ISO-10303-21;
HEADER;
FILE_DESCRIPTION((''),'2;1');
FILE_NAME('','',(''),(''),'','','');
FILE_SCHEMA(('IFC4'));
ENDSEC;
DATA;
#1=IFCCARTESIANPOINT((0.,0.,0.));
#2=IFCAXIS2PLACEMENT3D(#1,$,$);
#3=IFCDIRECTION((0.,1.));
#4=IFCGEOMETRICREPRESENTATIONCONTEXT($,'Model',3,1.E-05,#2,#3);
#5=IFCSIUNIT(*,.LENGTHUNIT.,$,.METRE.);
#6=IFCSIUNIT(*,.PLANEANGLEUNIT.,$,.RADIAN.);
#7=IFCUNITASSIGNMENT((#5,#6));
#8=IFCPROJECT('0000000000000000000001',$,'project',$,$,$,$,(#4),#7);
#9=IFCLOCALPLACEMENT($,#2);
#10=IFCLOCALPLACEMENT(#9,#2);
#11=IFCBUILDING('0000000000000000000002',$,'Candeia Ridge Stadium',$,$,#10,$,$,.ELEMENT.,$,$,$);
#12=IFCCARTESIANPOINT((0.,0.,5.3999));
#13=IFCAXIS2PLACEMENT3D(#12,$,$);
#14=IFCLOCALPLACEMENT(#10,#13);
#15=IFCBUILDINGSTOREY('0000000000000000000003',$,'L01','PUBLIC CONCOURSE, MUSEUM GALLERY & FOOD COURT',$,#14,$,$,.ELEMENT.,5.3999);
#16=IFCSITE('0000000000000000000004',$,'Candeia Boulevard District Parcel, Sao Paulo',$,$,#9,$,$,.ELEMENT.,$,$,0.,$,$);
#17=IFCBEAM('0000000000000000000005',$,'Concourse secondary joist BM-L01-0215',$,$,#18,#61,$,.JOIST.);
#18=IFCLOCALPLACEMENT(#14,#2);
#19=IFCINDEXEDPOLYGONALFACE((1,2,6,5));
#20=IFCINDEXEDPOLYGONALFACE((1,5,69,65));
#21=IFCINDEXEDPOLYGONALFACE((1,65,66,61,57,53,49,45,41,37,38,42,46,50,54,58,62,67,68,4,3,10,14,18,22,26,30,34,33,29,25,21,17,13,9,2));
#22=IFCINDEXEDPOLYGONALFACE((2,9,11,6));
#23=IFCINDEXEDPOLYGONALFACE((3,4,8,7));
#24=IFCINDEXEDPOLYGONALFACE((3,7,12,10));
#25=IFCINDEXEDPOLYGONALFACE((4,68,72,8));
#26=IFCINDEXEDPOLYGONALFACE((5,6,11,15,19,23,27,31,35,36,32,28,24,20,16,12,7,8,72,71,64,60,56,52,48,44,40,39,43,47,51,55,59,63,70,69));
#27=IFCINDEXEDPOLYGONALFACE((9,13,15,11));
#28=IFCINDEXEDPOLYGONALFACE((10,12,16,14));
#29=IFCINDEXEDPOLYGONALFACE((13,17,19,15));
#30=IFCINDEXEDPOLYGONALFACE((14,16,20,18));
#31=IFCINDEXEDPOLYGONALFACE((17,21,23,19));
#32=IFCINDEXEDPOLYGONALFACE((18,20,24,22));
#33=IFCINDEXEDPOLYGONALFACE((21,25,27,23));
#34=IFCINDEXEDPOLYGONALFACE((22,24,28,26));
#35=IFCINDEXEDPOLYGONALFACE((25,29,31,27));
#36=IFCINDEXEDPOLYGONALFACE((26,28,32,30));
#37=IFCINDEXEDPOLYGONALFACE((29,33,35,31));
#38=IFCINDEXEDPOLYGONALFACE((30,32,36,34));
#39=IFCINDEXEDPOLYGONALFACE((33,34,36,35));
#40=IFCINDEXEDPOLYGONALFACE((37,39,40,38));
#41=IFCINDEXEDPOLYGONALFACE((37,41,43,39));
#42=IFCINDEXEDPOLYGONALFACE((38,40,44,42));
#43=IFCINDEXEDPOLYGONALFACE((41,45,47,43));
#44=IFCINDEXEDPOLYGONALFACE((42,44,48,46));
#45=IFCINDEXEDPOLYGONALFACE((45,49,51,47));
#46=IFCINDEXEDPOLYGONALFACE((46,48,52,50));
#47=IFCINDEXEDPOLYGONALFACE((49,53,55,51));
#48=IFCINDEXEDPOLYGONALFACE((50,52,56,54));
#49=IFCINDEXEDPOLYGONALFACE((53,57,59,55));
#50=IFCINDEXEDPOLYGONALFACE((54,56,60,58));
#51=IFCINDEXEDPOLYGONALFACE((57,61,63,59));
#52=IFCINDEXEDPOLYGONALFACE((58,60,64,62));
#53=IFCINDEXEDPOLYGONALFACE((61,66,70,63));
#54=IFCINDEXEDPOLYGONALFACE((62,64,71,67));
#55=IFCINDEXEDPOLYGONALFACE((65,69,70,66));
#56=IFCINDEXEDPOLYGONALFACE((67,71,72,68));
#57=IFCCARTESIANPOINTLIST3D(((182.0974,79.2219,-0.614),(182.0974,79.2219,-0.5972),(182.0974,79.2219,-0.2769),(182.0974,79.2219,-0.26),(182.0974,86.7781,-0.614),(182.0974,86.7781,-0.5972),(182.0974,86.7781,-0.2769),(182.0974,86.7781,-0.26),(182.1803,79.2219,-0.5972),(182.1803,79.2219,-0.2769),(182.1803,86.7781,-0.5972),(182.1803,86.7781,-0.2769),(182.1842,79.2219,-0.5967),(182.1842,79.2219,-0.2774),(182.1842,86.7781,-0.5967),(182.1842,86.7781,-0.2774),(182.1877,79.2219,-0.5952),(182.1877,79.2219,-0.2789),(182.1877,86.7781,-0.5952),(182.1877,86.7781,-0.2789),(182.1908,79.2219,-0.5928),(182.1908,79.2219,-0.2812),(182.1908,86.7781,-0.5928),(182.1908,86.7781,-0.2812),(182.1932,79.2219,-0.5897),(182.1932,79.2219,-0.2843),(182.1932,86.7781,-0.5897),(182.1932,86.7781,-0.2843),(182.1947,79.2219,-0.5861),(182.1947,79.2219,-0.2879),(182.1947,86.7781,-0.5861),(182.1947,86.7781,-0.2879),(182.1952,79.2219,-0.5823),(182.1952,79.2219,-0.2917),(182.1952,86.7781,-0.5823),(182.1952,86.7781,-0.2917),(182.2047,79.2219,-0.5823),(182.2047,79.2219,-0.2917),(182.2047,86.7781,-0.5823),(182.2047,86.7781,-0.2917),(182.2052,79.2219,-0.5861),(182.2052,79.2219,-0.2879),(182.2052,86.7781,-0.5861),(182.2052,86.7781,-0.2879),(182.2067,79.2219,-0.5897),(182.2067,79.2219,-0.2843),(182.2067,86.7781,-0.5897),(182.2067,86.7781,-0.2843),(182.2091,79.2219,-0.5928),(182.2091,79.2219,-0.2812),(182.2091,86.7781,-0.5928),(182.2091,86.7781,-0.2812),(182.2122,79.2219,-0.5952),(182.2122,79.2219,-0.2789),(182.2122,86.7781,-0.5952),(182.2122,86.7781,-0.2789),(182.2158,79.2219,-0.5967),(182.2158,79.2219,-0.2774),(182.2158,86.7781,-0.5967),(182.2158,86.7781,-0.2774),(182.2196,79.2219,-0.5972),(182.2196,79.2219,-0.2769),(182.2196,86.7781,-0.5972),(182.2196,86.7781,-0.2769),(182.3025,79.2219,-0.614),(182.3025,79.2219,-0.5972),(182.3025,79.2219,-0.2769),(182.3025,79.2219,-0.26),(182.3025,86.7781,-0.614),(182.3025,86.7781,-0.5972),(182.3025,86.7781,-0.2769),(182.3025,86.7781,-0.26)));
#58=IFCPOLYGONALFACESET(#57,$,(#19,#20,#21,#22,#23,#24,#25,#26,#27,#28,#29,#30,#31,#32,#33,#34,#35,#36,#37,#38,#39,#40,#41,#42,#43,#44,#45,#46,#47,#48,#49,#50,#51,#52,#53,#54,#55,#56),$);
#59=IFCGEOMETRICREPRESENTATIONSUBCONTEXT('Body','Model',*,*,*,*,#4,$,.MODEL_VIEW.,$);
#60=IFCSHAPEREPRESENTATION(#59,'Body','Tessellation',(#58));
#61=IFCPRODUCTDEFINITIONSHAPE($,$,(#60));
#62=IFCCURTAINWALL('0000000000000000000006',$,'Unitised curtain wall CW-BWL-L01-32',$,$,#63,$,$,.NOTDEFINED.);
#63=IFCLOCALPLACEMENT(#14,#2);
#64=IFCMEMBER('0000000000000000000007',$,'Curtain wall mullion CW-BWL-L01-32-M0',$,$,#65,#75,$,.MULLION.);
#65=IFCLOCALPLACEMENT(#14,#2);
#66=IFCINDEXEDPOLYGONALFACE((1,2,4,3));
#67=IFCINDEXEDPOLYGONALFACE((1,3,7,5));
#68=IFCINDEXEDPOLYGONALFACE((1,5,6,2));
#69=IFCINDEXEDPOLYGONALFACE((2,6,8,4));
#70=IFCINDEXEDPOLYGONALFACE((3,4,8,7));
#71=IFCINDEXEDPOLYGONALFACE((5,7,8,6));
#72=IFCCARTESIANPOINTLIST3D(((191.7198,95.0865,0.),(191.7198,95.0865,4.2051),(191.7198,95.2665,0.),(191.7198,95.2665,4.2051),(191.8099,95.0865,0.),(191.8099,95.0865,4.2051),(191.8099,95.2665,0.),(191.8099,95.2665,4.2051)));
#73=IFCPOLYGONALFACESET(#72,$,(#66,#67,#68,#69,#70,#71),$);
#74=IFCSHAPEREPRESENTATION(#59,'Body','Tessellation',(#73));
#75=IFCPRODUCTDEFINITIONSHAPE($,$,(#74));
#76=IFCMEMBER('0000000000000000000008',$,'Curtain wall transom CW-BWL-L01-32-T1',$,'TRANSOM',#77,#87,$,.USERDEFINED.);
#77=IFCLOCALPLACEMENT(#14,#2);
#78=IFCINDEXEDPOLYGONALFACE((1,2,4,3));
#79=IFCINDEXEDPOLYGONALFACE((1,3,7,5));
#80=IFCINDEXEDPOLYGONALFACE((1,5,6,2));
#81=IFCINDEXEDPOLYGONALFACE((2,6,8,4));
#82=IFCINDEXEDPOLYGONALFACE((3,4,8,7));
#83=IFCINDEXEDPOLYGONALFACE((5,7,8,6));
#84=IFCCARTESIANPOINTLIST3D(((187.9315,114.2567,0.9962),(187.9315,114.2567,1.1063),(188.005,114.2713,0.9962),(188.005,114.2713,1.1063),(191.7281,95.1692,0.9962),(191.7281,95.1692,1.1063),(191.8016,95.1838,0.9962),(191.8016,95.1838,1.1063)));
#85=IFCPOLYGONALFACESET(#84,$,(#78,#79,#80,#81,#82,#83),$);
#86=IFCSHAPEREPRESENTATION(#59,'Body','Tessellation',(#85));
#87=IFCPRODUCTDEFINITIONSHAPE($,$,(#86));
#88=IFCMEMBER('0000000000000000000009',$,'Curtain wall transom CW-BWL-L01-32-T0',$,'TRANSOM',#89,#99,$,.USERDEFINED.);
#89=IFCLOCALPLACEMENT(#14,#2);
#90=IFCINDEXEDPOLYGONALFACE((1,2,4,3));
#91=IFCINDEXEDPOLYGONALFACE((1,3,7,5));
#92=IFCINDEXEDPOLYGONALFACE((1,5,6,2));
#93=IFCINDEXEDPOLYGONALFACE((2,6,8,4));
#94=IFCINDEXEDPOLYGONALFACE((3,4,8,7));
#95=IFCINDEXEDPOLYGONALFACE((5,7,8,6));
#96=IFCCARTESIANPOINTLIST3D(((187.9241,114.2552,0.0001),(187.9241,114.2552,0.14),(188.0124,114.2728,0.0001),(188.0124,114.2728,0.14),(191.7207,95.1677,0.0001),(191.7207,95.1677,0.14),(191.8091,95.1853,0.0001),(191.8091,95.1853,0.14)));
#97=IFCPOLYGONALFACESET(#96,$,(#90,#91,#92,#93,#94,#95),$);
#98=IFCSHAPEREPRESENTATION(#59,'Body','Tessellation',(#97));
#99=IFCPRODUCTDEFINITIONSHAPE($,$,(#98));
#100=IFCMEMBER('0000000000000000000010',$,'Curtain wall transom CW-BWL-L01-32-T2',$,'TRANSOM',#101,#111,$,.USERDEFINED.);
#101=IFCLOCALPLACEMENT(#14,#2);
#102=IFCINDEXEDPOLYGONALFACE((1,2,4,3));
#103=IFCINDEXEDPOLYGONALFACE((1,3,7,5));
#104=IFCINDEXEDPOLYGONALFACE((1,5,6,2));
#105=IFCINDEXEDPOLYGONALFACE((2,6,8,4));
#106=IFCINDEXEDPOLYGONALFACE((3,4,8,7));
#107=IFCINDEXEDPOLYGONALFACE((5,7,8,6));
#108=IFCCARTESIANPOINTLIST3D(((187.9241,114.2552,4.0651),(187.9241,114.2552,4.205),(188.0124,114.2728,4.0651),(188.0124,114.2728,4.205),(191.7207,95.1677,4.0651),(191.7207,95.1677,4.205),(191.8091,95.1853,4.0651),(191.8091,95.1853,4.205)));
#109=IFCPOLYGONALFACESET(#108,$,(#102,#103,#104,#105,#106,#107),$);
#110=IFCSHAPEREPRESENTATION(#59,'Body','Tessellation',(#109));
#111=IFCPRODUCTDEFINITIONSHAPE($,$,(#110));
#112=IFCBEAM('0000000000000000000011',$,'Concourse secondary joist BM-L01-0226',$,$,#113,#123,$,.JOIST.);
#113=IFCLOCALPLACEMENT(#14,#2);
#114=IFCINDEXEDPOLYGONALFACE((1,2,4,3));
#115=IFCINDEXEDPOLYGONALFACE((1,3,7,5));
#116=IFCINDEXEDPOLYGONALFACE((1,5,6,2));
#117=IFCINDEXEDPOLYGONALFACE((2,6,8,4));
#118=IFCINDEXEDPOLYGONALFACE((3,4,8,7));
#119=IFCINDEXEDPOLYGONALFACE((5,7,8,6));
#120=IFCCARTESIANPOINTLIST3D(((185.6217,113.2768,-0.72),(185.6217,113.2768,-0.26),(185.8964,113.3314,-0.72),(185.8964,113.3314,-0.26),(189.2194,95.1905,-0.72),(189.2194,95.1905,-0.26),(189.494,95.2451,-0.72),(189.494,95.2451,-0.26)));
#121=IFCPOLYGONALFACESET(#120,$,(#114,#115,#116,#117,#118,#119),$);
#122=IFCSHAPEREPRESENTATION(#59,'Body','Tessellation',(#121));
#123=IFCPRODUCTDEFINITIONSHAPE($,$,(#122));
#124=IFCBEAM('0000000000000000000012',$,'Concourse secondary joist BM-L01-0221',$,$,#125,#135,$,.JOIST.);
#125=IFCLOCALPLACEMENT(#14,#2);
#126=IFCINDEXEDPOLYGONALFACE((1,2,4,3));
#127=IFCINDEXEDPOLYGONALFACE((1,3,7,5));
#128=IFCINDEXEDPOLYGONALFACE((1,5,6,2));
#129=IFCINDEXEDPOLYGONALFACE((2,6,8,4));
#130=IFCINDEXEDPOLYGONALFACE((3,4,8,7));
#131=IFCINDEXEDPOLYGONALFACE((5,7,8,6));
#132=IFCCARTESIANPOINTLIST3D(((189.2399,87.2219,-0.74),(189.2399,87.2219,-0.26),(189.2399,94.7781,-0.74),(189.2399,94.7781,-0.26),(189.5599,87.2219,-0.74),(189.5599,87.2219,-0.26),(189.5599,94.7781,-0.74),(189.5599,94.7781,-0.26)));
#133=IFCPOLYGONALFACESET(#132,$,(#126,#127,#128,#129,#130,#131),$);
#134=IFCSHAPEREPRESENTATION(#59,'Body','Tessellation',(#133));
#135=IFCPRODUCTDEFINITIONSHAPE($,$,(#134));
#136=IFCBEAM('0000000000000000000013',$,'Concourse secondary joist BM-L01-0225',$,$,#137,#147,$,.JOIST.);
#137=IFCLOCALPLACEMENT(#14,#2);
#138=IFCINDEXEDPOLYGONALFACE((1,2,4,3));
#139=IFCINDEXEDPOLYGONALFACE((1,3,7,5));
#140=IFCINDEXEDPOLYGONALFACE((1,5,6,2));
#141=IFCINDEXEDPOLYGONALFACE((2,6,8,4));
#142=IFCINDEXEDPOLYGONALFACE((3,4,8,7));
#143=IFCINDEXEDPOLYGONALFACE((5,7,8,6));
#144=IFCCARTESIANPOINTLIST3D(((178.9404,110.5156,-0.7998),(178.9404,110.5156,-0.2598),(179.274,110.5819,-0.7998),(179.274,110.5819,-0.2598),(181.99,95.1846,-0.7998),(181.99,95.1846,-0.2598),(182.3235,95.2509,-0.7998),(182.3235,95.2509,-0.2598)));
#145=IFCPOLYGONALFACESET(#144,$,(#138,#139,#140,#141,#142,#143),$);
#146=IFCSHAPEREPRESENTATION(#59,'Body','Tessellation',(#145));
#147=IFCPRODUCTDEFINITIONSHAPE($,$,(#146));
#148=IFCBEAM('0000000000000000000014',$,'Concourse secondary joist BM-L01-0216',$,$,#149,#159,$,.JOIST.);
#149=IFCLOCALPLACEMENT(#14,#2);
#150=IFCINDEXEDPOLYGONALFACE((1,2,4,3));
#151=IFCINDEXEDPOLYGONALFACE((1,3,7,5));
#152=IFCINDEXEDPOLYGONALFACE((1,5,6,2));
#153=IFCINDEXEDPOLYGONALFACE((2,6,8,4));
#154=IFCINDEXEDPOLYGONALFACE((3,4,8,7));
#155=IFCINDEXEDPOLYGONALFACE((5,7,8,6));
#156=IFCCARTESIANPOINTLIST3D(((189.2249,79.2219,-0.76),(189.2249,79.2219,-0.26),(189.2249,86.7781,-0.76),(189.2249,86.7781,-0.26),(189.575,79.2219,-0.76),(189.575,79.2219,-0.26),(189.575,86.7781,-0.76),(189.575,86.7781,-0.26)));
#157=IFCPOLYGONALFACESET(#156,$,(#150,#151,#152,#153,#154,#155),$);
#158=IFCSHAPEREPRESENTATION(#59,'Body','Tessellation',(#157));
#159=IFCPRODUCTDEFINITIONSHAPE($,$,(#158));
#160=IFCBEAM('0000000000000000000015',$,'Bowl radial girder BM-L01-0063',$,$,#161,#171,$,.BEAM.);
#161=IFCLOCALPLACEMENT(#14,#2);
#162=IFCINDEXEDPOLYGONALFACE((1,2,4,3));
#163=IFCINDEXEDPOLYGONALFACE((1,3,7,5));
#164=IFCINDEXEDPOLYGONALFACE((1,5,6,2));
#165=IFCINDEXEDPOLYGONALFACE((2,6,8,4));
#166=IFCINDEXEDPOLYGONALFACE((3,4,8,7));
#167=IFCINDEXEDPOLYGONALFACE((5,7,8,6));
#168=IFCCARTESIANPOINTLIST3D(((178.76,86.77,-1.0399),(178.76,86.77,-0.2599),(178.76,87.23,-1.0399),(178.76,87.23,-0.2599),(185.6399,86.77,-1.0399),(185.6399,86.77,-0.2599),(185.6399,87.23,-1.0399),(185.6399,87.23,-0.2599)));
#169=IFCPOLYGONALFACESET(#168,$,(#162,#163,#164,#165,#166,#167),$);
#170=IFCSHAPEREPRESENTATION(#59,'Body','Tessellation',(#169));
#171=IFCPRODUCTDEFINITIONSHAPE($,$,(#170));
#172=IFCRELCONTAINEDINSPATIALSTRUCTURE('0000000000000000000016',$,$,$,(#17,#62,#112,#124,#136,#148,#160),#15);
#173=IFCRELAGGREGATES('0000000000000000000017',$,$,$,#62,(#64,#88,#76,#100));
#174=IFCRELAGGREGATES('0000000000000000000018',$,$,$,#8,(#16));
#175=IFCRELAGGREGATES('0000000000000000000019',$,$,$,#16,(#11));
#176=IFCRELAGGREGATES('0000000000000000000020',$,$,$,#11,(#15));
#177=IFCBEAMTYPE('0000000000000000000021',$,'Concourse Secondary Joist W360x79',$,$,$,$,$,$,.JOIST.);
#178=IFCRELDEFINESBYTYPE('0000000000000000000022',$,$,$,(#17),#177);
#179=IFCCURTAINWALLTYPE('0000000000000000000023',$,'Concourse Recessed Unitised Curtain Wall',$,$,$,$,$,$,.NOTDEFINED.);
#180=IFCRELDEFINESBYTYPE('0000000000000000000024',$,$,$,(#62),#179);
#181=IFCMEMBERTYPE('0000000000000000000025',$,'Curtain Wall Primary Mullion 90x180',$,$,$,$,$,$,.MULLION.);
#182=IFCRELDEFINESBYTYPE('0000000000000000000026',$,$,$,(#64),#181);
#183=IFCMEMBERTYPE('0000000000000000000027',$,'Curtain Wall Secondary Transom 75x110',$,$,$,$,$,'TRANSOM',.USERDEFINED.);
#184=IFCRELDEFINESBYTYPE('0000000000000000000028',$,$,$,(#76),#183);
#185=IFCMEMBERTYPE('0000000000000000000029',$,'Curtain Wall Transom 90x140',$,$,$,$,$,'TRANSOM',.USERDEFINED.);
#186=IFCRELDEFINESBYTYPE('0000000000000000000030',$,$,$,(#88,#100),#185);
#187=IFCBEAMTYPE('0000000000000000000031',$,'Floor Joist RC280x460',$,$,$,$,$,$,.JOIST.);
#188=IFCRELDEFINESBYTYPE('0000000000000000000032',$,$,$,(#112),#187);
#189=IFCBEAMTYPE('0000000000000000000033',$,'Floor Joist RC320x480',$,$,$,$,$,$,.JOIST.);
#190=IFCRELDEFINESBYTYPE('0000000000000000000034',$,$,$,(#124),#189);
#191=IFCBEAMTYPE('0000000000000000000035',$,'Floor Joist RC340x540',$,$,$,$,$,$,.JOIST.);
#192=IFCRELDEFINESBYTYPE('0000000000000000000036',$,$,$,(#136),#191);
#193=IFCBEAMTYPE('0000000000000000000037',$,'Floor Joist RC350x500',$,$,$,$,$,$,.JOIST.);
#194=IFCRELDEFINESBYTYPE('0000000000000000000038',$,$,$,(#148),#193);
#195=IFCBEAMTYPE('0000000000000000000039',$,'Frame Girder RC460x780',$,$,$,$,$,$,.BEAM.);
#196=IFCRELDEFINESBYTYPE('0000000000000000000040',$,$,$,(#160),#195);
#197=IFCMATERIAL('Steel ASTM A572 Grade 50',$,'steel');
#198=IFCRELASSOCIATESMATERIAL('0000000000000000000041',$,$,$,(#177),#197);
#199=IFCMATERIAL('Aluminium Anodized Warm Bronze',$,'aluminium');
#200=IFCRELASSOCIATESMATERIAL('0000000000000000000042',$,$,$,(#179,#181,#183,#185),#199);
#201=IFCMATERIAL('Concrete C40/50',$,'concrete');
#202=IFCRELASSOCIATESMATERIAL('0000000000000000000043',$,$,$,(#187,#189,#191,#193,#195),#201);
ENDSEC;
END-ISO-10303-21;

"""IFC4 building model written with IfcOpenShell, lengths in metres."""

from ifc_helpers import new_model, si_unit, direction, frame, origin, origin_2d, place, context, subcontext, project, spatial, rectangle, i_section, extrude, material, material_profile, profile_set, type_object, element, aggregate, save


model = new_model("IFC4")

# Units and contexts
model_context = context("Model", 3, precision=1e-05, world=origin(), true_north=direction((0.0, 1.0)))
body_context = subcontext(model_context, "Body", "Model", "MODEL_VIEW")
ifc_project = project(units=[si_unit("LENGTHUNIT", "METRE"), si_unit("PLANEANGLEUNIT", "RADIAN")], contexts=[model_context])

# Site, building, storey
site_placement = place(None, origin())
site = spatial("IfcSite", under=ifc_project, at=site_placement, Name="Candeia Boulevard District Parcel, Sao Paulo", CompositionType="ELEMENT", RefElevation=0.0)
building_placement = place(site_placement, origin())
building = spatial("IfcBuilding", under=site, at=building_placement, Name="Candeia Ridge Stadium", CompositionType="ELEMENT")
storey_placement = place(building_placement, frame((0.0, 0.0, 5.3999)))
storey = spatial("IfcBuildingStorey", under=building, at=storey_placement, Name="L01", Description="PUBLIC CONCOURSE, MUSEUM GALLERY & FOOD COURT", CompositionType="ELEMENT", Elevation=5.3999)

# Shared definitions
ifc_material_1 = material(Name="Concrete C40/50", Category="concrete")

# Beam
ifc_material_2 = material(Name="Steel ASTM A572 Grade 50", Category="steel")
ifc_material_profile_1 = material_profile(ifc_material_2, i_section(OverallWidth=0.2051, OverallDepth=0.354, WebThickness=0.0095, FlangeThickness=0.0168, FilletRadius=0.0149, at=origin_2d()), Name="W360x79", Category="steel")
ifc_profile_set_1 = profile_set([ifc_material_profile_1], Name="Steel ASTM A572 Grade 50")
beam_type_1 = type_object("IfcBeamType", Name="Concourse Secondary Joist W360x79", PredefinedType="JOIST", material=ifc_profile_set_1)
beam_1_placement = place(storey_placement, frame((182.2, 79.2219, -0.437), z_axis=(0.0, 1.0, 0.0), x_axis=(-1.0, 0.0, 0.0)))
element("IfcBeam", 1, at=beam_1_placement, inside=storey, type_object=beam_type_1, Name="Concourse secondary joist BM-L01-0215", PredefinedType="JOIST", context=body_context, shape_type="SweptSolid", body=[
    extrude(i_section(OverallWidth=0.2051, OverallDepth=0.354, WebThickness=0.0095, FlangeThickness=0.0168, FilletRadius=0.0149, at=origin_2d()), origin(), (0.0, 0.0, 1.0), 7.5562),
])

# Curtain wall, members
ifc_material_3 = material(Name="Aluminium Anodized Warm Bronze", Category="aluminium")
curtain_wall_type = type_object("IfcCurtainWallType", Name="Concourse Recessed Unitised Curtain Wall", PredefinedType="NOTDEFINED", material=ifc_material_3)
curtain_wall_placement = place(storey_placement, origin())
curtain_wall = element("IfcCurtainWall", 2, at=curtain_wall_placement, inside=storey, type_object=curtain_wall_type, Name="Unitised curtain wall CW-BWL-L01-32", PredefinedType="NOTDEFINED")
ifc_material_profile_2 = material_profile(ifc_material_3, rectangle(XDim=0.0901, YDim=0.1799, at=origin_2d()), Name="CWM-90x180", Category="aluminium")
ifc_profile_set_2 = profile_set([ifc_material_profile_2], Name="Aluminium Anodized Warm Bronze")
member_type_1 = type_object("IfcMemberType", Name="Curtain Wall Primary Mullion 90x180", PredefinedType="MULLION", material=ifc_profile_set_2)
member_1_placement = place(storey_placement, frame((191.7649, 95.1765, 0.0), z_axis=(0.0, 0.0, 1.0), x_axis=(1.0, 0.0, 0.0)))
member_1 = element("IfcMember", 3, at=member_1_placement, type_object=member_type_1, Name="Curtain wall mullion CW-BWL-L01-32-M0", PredefinedType="MULLION", context=body_context, shape_type="SweptSolid", body=[
    extrude(rectangle(XDim=0.0901, YDim=0.1799, at=origin_2d()), origin(), (0.0, 0.0, 1.0), 4.2051),
])
ifc_material_profile_3 = material_profile(ifc_material_3, rectangle(XDim=0.075, YDim=0.1101, at=origin_2d()), Name="CWT-75x110", Category="aluminium")
ifc_profile_set_3 = profile_set([ifc_material_profile_3], Name="Aluminium Anodized Warm Bronze")
member_type_2 = type_object("IfcMemberType", Name="Curtain Wall Secondary Transom 75x110", ElementType="TRANSOM", PredefinedType="USERDEFINED", material=ifc_profile_set_3)
member_2_placement = place(storey_placement, frame((191.7649, 95.1765, 1.0513), z_axis=(-0.195086, 0.980786, 0.0), x_axis=(-0.980786, -0.195086, 0.0)))
member_2 = element("IfcMember", 4, at=member_2_placement, type_object=member_type_2, Name="Curtain wall transom CW-BWL-L01-32-T1", ObjectType="TRANSOM", PredefinedType="USERDEFINED", context=body_context, shape_type="SweptSolid", body=[
    extrude(rectangle(XDim=0.075, YDim=0.1101, at=origin_2d()), origin(), (0.0, 0.0, 1.0), 19.4614),
])
ifc_material_profile_4 = material_profile(ifc_material_3, rectangle(XDim=0.0901, YDim=0.1399, at=origin_2d()), Name="CWT-90x140", Category="aluminium")
ifc_profile_set_4 = profile_set([ifc_material_profile_4], Name="Aluminium Anodized Warm Bronze")
member_type_3 = type_object("IfcMemberType", Name="Curtain Wall Transom 90x140", ElementType="TRANSOM", PredefinedType="USERDEFINED", material=ifc_profile_set_4)
member_3_placement = place(storey_placement, frame((191.7649, 95.1765, 0.0701), z_axis=(-0.195086, 0.980786, 0.0), x_axis=(-0.980786, -0.195086, 0.0)))
member_3 = element("IfcMember", 5, at=member_3_placement, type_object=member_type_3, Name="Curtain wall transom CW-BWL-L01-32-T0", ObjectType="TRANSOM", PredefinedType="USERDEFINED", context=body_context, shape_type="SweptSolid", body=[
    extrude(rectangle(XDim=0.0901, YDim=0.1399, at=origin_2d()), origin(), (0.0, 0.0, 1.0), 19.4614),
])
member_4_placement = place(storey_placement, frame((191.7649, 95.1765, 4.135), z_axis=(-0.195086, 0.980786, 0.0), x_axis=(-0.980786, -0.195086, 0.0)))
member_4 = element("IfcMember", 6, at=member_4_placement, type_object=member_type_3, Name="Curtain wall transom CW-BWL-L01-32-T2", ObjectType="TRANSOM", PredefinedType="USERDEFINED", context=body_context, shape_type="SweptSolid", body=[
    extrude(rectangle(XDim=0.0901, YDim=0.1399, at=origin_2d()), origin(), (0.0, 0.0, 1.0), 19.4614),
])
aggregate(curtain_wall, [member_1, member_3, member_2, member_4])

# Beams
ifc_material_profile_5 = material_profile(ifc_material_1, rectangle(XDim=0.28, YDim=0.46, at=origin_2d()), Name="RC280x460", Category="concrete")
ifc_profile_set_5 = profile_set([ifc_material_profile_5], Name="Concrete C40/50")
beam_type_2 = type_object("IfcBeamType", Name="Floor Joist RC280x460", PredefinedType="JOIST", material=ifc_profile_set_5)
beam_2_placement = place(storey_placement, frame((189.3567, 95.2178, -0.49), z_axis=(-0.195093, 0.980785, 0.0), x_axis=(-0.980785, -0.195093, 0.0)))
element("IfcBeam", 7, at=beam_2_placement, inside=storey, type_object=beam_type_2, Name="Concourse secondary joist BM-L01-0226", PredefinedType="JOIST", context=body_context, shape_type="SweptSolid", body=[
    extrude(rectangle(XDim=0.28, YDim=0.46, at=origin_2d()), origin(), (0.0, 0.0, 1.0), 18.4407),
])
ifc_material_profile_6 = material_profile(ifc_material_1, rectangle(XDim=0.3201, YDim=0.48, at=origin_2d()), Name="RC320x480", Category="concrete")
ifc_profile_set_6 = profile_set([ifc_material_profile_6], Name="Concrete C40/50")
beam_type_3 = type_object("IfcBeamType", Name="Floor Joist RC320x480", PredefinedType="JOIST", material=ifc_profile_set_6)
beam_3_placement = place(storey_placement, frame((189.3999, 87.2219, -0.5), z_axis=(0.0, 1.0, 0.0), x_axis=(-1.0, 0.0, 0.0)))
element("IfcBeam", 8, at=beam_3_placement, inside=storey, type_object=beam_type_3, Name="Concourse secondary joist BM-L01-0221", PredefinedType="JOIST", context=body_context, shape_type="SweptSolid", body=[
    extrude(rectangle(XDim=0.3201, YDim=0.48, at=origin_2d()), origin(), (0.0, 0.0, 1.0), 7.5562),
])
ifc_material_profile_7 = material_profile(ifc_material_1, rectangle(XDim=0.3401, YDim=0.54, at=origin_2d()), Name="RC340x540", Category="concrete")
ifc_profile_set_7 = profile_set([ifc_material_profile_7], Name="Concrete C40/50")
beam_type_4 = type_object("IfcBeamType", Name="Floor Joist RC340x540", PredefinedType="JOIST", material=ifc_profile_set_7)
beam_4_placement = place(storey_placement, frame((182.1567, 95.2178, -0.5298), z_axis=(-0.195092, 0.980785, 0.0), x_axis=(-0.980785, -0.195092, 0.0)))
element("IfcBeam", 9, at=beam_4_placement, inside=storey, type_object=beam_type_4, Name="Concourse secondary joist BM-L01-0225", PredefinedType="JOIST", context=body_context, shape_type="SweptSolid", body=[
    extrude(rectangle(XDim=0.3401, YDim=0.54, at=origin_2d()), origin(), (0.0, 0.0, 1.0), 15.6313),
])
ifc_material_profile_8 = material_profile(ifc_material_1, rectangle(XDim=0.3501, YDim=0.5, at=origin_2d()), Name="RC350x500", Category="concrete")
ifc_profile_set_8 = profile_set([ifc_material_profile_8], Name="Concrete C40/50")
beam_type_5 = type_object("IfcBeamType", Name="Floor Joist RC350x500", PredefinedType="JOIST", material=ifc_profile_set_8)
beam_5_placement = place(storey_placement, frame((189.3999, 79.2219, -0.51), z_axis=(0.0, 1.0, 0.0), x_axis=(-1.0, 0.0, 0.0)))
element("IfcBeam", 10, at=beam_5_placement, inside=storey, type_object=beam_type_5, Name="Concourse secondary joist BM-L01-0216", PredefinedType="JOIST", context=body_context, shape_type="SweptSolid", body=[
    extrude(rectangle(XDim=0.3501, YDim=0.5, at=origin_2d()), origin(), (0.0, 0.0, 1.0), 7.5562),
])
ifc_material_profile_9 = material_profile(ifc_material_1, rectangle(XDim=0.46, YDim=0.78, at=origin_2d()), Name="RC460x780", Category="concrete")
ifc_profile_set_9 = profile_set([ifc_material_profile_9], Name="Concrete C40/50")
beam_type_6 = type_object("IfcBeamType", Name="Frame Girder RC460x780", PredefinedType="BEAM", material=ifc_profile_set_9)
beam_6_placement = place(storey_placement, frame((178.76, 87.0, -0.6499), z_axis=(1.0, 0.0, 0.0), x_axis=(0.0, 1.0, 0.0)))
element("IfcBeam", 11, at=beam_6_placement, inside=storey, type_object=beam_type_6, Name="Bowl radial girder BM-L01-0063", PredefinedType="BEAM", context=body_context, shape_type="SweptSolid", body=[
    extrude(rectangle(XDim=0.46, YDim=0.78, at=origin_2d()), origin(), (0.0, 0.0, 1.0), 6.8799),
])

save(model, "model.ifc")
